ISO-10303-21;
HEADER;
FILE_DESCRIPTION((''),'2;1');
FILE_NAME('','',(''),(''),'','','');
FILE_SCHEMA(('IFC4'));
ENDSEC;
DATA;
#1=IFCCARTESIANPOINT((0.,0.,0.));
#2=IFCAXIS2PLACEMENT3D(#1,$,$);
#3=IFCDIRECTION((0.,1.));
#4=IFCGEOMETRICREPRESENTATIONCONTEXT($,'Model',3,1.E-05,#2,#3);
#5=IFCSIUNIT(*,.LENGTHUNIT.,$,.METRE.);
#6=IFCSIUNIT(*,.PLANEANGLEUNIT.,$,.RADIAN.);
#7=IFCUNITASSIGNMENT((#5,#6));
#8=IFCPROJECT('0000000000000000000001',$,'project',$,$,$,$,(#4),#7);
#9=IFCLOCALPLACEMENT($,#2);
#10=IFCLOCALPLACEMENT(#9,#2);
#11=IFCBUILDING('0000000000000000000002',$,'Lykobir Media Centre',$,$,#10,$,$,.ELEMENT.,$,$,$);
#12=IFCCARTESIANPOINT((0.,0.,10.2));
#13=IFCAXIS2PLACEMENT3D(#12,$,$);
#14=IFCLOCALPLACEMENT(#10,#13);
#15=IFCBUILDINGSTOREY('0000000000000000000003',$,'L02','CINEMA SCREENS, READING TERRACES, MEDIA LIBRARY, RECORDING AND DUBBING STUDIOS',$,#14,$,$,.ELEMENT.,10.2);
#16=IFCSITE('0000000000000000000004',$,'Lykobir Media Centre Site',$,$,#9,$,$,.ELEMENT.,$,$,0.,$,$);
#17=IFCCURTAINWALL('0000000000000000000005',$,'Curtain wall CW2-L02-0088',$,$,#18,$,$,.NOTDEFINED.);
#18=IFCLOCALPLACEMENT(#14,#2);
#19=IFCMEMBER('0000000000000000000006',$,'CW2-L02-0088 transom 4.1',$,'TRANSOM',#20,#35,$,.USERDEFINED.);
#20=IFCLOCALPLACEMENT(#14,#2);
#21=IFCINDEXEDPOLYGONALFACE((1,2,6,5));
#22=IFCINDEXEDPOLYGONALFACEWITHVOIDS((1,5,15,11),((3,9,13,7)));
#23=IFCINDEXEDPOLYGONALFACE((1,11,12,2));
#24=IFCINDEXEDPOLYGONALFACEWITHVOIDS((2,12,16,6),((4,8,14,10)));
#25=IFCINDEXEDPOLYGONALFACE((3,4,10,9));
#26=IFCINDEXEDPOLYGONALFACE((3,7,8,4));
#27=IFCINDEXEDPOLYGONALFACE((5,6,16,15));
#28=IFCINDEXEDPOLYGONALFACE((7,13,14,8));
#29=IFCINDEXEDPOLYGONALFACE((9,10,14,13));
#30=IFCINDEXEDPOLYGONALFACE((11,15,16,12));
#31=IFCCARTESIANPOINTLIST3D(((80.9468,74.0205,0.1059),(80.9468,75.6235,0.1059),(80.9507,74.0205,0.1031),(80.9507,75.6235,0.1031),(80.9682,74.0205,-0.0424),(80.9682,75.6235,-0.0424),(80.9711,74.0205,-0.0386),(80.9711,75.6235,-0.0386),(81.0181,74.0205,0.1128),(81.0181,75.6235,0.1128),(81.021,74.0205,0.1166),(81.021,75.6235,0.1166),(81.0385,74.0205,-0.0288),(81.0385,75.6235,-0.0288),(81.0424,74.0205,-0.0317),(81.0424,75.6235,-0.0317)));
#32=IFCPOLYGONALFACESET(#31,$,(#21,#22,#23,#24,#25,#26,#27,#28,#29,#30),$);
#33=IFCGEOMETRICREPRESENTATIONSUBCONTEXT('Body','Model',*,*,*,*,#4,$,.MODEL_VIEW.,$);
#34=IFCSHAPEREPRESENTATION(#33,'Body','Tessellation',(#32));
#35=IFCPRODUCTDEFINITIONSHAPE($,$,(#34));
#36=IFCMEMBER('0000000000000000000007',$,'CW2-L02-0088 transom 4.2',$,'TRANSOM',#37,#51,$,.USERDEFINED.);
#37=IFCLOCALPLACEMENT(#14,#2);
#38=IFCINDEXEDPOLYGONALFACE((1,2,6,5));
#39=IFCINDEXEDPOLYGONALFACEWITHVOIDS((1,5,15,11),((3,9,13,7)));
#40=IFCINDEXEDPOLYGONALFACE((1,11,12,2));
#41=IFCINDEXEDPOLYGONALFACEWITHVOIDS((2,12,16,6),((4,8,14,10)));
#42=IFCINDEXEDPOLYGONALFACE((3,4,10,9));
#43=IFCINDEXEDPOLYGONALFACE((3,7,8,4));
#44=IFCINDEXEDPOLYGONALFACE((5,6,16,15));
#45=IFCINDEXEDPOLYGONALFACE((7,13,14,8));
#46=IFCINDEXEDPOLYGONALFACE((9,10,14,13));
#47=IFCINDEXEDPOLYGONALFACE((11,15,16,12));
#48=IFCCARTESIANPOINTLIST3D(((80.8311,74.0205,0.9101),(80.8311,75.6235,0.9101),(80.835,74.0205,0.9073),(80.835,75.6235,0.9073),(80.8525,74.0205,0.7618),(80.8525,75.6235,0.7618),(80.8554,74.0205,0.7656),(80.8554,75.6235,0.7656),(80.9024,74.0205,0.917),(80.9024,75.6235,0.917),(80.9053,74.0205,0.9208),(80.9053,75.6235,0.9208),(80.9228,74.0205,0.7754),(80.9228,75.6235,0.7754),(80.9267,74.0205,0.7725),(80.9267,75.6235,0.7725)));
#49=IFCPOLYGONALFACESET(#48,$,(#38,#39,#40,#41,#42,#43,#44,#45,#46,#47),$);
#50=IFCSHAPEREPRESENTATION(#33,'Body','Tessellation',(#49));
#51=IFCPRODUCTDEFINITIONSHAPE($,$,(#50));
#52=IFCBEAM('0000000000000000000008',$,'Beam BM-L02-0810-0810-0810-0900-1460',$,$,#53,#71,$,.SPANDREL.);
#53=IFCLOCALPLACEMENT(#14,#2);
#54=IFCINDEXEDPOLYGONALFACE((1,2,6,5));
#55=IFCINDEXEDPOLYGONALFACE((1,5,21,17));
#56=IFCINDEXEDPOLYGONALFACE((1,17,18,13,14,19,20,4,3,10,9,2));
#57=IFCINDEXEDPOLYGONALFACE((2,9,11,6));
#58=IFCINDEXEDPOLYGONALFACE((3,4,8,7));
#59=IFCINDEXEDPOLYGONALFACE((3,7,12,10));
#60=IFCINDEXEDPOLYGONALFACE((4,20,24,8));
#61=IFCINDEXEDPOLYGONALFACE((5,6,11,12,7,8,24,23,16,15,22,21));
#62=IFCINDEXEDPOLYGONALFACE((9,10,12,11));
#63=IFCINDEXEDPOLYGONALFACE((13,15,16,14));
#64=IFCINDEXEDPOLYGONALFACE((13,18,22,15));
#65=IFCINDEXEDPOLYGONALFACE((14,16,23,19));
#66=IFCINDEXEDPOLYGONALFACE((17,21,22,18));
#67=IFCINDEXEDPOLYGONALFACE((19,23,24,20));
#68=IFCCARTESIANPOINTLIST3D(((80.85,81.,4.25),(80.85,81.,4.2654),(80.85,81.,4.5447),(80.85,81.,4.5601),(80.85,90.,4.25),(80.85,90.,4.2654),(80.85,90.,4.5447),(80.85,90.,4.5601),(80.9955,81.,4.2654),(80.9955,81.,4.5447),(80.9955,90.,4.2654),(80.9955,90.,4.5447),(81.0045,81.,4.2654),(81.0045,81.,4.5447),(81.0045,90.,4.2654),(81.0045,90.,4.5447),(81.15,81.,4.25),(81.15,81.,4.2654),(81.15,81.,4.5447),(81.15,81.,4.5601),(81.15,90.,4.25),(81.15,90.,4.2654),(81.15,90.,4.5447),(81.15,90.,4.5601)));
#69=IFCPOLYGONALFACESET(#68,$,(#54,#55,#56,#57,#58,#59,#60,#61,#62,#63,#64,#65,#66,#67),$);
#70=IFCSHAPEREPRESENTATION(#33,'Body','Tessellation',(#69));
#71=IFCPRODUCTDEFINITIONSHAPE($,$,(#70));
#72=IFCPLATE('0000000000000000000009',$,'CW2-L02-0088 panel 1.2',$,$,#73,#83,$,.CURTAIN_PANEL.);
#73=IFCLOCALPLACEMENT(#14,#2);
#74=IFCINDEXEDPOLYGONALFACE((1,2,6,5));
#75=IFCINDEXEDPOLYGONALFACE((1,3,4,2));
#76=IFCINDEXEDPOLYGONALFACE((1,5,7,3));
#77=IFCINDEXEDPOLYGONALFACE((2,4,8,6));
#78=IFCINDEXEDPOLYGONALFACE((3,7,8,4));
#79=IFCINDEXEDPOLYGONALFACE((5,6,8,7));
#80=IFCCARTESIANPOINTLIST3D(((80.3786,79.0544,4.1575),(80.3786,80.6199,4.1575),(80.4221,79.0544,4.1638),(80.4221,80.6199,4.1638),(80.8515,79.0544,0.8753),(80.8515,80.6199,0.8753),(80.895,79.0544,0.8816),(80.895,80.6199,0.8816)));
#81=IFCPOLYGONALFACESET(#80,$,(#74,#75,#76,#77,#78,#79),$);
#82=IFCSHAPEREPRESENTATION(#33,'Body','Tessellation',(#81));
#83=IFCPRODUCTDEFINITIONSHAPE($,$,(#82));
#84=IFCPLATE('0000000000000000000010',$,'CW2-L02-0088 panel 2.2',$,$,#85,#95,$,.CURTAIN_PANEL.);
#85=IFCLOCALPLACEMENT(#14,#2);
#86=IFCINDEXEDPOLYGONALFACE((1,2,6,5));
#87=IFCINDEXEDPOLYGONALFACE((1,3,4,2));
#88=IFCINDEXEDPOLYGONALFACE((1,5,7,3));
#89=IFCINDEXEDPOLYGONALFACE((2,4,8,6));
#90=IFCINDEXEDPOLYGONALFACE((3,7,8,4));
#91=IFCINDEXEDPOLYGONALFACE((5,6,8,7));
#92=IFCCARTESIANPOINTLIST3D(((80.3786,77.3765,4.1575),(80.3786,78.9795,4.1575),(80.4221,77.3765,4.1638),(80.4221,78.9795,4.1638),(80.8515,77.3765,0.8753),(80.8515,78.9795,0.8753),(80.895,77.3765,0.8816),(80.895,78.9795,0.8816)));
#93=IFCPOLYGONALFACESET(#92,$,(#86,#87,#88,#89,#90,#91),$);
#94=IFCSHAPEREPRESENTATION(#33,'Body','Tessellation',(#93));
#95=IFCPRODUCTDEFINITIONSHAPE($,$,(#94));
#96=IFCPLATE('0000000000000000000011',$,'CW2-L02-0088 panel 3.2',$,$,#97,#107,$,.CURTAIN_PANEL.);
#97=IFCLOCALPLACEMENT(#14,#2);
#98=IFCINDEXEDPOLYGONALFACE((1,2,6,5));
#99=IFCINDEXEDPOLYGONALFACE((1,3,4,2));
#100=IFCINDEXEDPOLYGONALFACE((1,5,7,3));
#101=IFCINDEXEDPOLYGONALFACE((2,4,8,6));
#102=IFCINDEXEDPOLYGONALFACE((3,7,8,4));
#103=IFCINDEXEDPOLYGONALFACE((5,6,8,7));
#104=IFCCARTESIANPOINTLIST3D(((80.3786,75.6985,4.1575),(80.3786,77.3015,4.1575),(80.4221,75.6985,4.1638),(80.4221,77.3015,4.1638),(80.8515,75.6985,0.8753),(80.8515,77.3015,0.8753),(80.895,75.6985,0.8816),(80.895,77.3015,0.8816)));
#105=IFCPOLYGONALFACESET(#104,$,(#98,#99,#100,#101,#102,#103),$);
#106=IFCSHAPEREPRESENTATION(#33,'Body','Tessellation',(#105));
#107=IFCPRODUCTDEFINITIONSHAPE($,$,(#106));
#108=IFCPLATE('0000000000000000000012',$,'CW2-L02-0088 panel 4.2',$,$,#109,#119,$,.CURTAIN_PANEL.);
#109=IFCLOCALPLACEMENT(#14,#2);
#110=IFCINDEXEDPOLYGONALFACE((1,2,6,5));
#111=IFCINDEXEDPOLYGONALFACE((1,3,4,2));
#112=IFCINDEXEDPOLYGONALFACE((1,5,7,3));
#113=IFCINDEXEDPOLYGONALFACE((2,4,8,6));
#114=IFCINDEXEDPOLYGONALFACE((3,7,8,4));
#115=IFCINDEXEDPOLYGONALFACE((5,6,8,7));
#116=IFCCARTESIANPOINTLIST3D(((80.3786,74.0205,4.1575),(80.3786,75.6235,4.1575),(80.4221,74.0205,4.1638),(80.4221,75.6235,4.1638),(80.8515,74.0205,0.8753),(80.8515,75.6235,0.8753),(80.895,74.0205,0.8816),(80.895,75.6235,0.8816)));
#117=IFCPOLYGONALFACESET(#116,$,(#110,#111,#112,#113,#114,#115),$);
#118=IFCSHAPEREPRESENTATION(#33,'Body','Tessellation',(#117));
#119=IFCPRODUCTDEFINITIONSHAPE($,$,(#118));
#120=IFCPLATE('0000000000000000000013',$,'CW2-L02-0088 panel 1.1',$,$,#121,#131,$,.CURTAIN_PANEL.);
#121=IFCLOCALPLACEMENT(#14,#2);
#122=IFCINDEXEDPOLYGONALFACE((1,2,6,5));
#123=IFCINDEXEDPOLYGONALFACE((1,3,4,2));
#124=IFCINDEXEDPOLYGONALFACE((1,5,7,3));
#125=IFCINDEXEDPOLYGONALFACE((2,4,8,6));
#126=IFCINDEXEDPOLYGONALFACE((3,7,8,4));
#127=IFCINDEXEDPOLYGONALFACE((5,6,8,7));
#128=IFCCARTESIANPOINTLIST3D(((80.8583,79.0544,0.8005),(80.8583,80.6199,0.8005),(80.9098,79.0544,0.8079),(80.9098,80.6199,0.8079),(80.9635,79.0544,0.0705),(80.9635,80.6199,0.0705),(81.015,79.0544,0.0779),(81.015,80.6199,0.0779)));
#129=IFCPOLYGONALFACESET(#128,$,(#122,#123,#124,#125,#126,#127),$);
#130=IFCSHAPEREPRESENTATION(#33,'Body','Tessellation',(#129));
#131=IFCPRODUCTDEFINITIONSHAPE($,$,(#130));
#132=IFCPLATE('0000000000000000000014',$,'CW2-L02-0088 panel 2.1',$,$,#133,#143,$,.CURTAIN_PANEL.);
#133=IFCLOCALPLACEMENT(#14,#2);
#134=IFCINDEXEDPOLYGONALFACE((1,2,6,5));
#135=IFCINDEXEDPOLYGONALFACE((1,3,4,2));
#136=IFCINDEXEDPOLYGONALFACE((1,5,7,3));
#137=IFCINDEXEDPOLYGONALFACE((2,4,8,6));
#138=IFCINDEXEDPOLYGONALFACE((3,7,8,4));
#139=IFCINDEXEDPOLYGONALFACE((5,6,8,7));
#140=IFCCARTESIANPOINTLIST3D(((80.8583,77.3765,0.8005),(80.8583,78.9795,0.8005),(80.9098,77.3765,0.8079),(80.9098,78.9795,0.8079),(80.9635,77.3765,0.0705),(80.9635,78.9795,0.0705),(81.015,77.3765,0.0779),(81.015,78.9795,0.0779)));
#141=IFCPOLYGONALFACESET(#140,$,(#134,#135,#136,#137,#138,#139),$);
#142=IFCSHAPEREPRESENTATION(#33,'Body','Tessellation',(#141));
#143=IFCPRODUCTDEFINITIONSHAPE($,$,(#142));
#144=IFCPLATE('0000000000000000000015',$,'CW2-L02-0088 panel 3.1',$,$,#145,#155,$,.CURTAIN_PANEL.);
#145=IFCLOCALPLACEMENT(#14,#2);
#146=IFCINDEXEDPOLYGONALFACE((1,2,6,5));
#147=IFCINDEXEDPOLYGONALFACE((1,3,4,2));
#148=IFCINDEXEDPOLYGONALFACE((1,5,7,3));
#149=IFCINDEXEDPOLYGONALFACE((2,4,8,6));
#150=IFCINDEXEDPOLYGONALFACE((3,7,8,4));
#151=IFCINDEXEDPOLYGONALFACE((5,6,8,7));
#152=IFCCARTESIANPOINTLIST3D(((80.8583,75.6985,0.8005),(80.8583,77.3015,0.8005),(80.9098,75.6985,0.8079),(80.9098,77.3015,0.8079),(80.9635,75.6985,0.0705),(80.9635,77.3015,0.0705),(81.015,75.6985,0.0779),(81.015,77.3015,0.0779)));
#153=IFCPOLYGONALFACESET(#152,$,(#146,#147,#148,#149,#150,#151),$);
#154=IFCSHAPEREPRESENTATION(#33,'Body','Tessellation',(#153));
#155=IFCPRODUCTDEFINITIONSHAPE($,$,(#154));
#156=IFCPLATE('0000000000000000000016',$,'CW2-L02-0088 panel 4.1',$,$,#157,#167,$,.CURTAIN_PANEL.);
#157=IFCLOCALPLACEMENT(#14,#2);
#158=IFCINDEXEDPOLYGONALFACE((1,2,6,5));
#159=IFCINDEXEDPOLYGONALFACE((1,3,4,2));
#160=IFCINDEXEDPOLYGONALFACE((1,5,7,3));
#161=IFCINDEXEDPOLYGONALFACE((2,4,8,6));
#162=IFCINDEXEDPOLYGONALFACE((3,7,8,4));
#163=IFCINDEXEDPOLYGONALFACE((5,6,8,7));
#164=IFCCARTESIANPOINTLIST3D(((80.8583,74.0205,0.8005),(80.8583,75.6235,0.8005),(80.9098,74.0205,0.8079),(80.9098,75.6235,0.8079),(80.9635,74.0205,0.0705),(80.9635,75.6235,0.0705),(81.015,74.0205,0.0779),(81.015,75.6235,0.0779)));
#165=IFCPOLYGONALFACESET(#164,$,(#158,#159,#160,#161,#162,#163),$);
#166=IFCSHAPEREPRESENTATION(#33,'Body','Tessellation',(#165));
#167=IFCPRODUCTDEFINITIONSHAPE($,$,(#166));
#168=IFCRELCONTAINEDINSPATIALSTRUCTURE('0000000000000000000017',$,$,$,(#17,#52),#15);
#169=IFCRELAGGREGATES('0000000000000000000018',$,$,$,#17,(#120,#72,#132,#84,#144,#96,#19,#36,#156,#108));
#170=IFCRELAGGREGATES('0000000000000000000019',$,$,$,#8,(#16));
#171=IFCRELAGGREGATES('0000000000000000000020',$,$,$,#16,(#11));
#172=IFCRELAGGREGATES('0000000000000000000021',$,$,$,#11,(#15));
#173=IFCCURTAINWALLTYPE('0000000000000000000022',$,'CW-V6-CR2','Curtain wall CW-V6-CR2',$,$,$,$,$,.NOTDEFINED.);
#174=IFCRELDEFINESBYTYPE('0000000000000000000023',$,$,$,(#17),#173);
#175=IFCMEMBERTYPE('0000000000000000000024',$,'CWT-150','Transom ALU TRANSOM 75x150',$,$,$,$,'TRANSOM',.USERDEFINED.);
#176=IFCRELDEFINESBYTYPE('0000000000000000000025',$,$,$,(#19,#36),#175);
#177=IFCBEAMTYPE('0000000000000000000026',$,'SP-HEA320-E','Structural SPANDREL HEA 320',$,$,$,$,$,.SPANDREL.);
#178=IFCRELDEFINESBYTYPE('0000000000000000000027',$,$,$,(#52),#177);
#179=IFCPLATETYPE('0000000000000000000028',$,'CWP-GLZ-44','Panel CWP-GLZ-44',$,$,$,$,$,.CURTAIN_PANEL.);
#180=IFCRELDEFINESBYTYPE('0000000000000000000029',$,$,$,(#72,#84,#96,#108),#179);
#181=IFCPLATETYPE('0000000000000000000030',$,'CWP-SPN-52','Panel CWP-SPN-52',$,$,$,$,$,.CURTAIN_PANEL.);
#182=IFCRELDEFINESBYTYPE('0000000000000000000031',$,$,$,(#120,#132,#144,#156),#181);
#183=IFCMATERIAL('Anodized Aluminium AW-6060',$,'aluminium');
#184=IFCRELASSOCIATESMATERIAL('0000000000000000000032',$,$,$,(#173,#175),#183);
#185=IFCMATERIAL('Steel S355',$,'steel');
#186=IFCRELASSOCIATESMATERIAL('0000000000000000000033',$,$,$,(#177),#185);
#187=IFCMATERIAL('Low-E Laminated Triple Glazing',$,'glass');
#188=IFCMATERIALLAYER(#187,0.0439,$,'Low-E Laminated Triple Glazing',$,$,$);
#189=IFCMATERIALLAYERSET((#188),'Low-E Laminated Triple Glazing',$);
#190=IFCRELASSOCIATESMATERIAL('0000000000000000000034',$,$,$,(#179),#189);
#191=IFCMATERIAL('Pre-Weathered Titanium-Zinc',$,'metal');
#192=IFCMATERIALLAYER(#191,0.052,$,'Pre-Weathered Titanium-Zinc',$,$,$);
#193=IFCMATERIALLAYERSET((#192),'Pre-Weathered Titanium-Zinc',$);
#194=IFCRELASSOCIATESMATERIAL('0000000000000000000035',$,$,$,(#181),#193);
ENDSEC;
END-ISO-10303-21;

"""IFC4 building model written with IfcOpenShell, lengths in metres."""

from ifc_helpers import new_model, si_unit, direction, frame, origin, origin_2d, place, context, subcontext, project, spatial, rectangle, hollow_rectangle, i_section, extrude, material, layer, layer_set, material_profile, profile_set, type_object, element, aggregate, save


model = new_model("IFC4")

# Units and contexts
model_context = context("Model", 3, precision=1e-05, world=origin(), true_north=direction((0.0, 1.0)))
body_context = subcontext(model_context, "Body", "Model", "MODEL_VIEW")
ifc_project = project(units=[si_unit("LENGTHUNIT", "METRE"), si_unit("PLANEANGLEUNIT", "RADIAN")], contexts=[model_context])

# Site, building, storey
site_placement = place(None, origin())
site = spatial("IfcSite", under=ifc_project, at=site_placement, Name="Lykobir Media Centre Site", CompositionType="ELEMENT", RefElevation=0.0)
building_placement = place(site_placement, origin())
building = spatial("IfcBuilding", under=site, at=building_placement, Name="Lykobir Media Centre", CompositionType="ELEMENT")
storey_placement = place(building_placement, frame((0.0, 0.0, 10.2)))
storey = spatial("IfcBuildingStorey", under=building, at=storey_placement, Name="L02", Description="CINEMA SCREENS, READING TERRACES, MEDIA LIBRARY, RECORDING AND DUBBING STUDIOS", CompositionType="ELEMENT", Elevation=10.2)

# Curtain wall, members
ifc_material_1 = material(Name="Anodized Aluminium AW-6060", Category="aluminium")
curtain_wall_type = type_object("IfcCurtainWallType", Name="CW-V6-CR2", Description="Curtain wall CW-V6-CR2", PredefinedType="NOTDEFINED", material=ifc_material_1)
curtain_wall_placement = place(storey_placement, origin())
curtain_wall = element("IfcCurtainWall", 1, at=curtain_wall_placement, inside=storey, type_object=curtain_wall_type, Name="Curtain wall CW2-L02-0088", PredefinedType="NOTDEFINED")
ifc_material_profile_1 = material_profile(ifc_material_1, hollow_rectangle(XDim=0.075, YDim=0.1499, WallThickness=0.0034, at=origin_2d()), Name="ALU TRANSOM 75x150")
ifc_profile_set_1 = profile_set([ifc_material_profile_1], Name="Anodized Aluminium AW-6060")
member_type_1 = type_object("IfcMemberType", Name="CWT-150", Description="Transom ALU TRANSOM 75x150", ElementType="TRANSOM", PredefinedType="USERDEFINED", material=ifc_profile_set_1)
member_1_placement = place(storey_placement, frame((80.9946, 75.6235, 0.0371), z_axis=(0.0, -1.0, 0.0), x_axis=(0.989776, 0.0, 0.142629)))
member_1 = element("IfcMember", 2, at=member_1_placement, type_object=member_type_1, Name="CW2-L02-0088 transom 4.1", ObjectType="TRANSOM", PredefinedType="USERDEFINED", context=body_context, shape_type="SweptSolid", body=[
    extrude(hollow_rectangle(XDim=0.075, YDim=0.1499, WallThickness=0.0034, at=origin_2d()), origin(), (0.0, 0.0, 1.0), 1.603),
])
member_2_placement = place(storey_placement, frame((80.8789, 75.6235, 0.8413), z_axis=(0.0, -1.0, 0.0), x_axis=(0.989776, 0.0, 0.142629)))
member_2 = element("IfcMember", 3, at=member_2_placement, type_object=member_type_1, Name="CW2-L02-0088 transom 4.2", ObjectType="TRANSOM", PredefinedType="USERDEFINED", context=body_context, shape_type="SweptSolid", body=[
    extrude(hollow_rectangle(XDim=0.075, YDim=0.1499, WallThickness=0.0034, at=origin_2d()), origin(), (0.0, 0.0, 1.0), 1.603),
])

# Beam
ifc_material_2 = material(Name="Steel S355", Category="steel")
ifc_material_profile_2 = material_profile(ifc_material_2, i_section(OverallWidth=0.3, OverallDepth=0.3101, WebThickness=0.009, FlangeThickness=0.0154, at=origin_2d()), Name="HEA 320")
ifc_profile_set_2 = profile_set([ifc_material_profile_2], Name="Steel S355")
beam_type = type_object("IfcBeamType", Name="SP-HEA320-E", Description="Structural SPANDREL HEA 320", PredefinedType="SPANDREL", material=ifc_profile_set_2)
beam_placement = place(storey_placement, frame((81.0, 81.0, 4.405), z_axis=(0.0, 1.0, 0.0), x_axis=(-1.0, 0.0, 0.0)))
element("IfcBeam", 4, at=beam_placement, inside=storey, type_object=beam_type, Name="Beam BM-L02-0810-0810-0810-0900-1460", PredefinedType="SPANDREL", context=body_context, shape_type="SweptSolid", body=[
    extrude(i_section(OverallWidth=0.3, OverallDepth=0.3101, WebThickness=0.009, FlangeThickness=0.0154, at=origin_2d()), origin(), (0.0, 0.0, 1.0), 9.0),
])

# Plates
ifc_material_3 = material(Name="Low-E Laminated Triple Glazing", Category="glass")
ifc_layer_1 = layer(ifc_material_3, 0.0439, Name="Low-E Laminated Triple Glazing")
ifc_layer_set_1 = layer_set([ifc_layer_1], Name="Low-E Laminated Triple Glazing")
plate_type_1 = type_object("IfcPlateType", Name="CWP-GLZ-44", Description="Panel CWP-GLZ-44", PredefinedType="CURTAIN_PANEL", material=ifc_layer_set_1)
plate_1_placement = place(storey_placement, frame((80.8733, 79.8372, 0.8784), z_axis=(-0.142629, 0.0, 0.989776), x_axis=(0.0, -1.0, 0.0)))
plate_1 = element("IfcPlate", 5, at=plate_1_placement, type_object=plate_type_1, Name="CW2-L02-0088 panel 1.2", PredefinedType="CURTAIN_PANEL", context=body_context, shape_type="SweptSolid", body=[
    extrude(rectangle(XDim=1.5654, YDim=0.0439, at=origin_2d()), origin(), (0.0, 0.0, 1.0), 3.3162),
])
plate_2_placement = place(storey_placement, frame((80.8733, 78.178, 0.8784), z_axis=(-0.142629, 0.0, 0.989776), x_axis=(0.0, -1.0, 0.0)))
plate_2 = element("IfcPlate", 6, at=plate_2_placement, type_object=plate_type_1, Name="CW2-L02-0088 panel 2.2", PredefinedType="CURTAIN_PANEL", context=body_context, shape_type="SweptSolid", body=[
    extrude(rectangle(XDim=1.603, YDim=0.0439, at=origin_2d()), origin(), (0.0, 0.0, 1.0), 3.3162),
])
plate_3_placement = place(storey_placement, frame((80.8733, 76.5, 0.8784), z_axis=(-0.142629, 0.0, 0.989776), x_axis=(0.0, -1.0, 0.0)))
plate_3 = element("IfcPlate", 7, at=plate_3_placement, type_object=plate_type_1, Name="CW2-L02-0088 panel 3.2", PredefinedType="CURTAIN_PANEL", context=body_context, shape_type="SweptSolid", body=[
    extrude(rectangle(XDim=1.603, YDim=0.0439, at=origin_2d()), origin(), (0.0, 0.0, 1.0), 3.3162),
])
plate_4_placement = place(storey_placement, frame((80.8733, 74.822, 0.8784), z_axis=(-0.142629, 0.0, 0.989776), x_axis=(0.0, -1.0, 0.0)))
plate_4 = element("IfcPlate", 8, at=plate_4_placement, type_object=plate_type_1, Name="CW2-L02-0088 panel 4.2", PredefinedType="CURTAIN_PANEL", context=body_context, shape_type="SweptSolid", body=[
    extrude(rectangle(XDim=1.603, YDim=0.0439, at=origin_2d()), origin(), (0.0, 0.0, 1.0), 3.3162),
])
ifc_material_4 = material(Name="Pre-Weathered Titanium-Zinc", Category="metal")
ifc_layer_2 = layer(ifc_material_4, 0.052, Name="Pre-Weathered Titanium-Zinc")
ifc_layer_set_2 = layer_set([ifc_layer_2], Name="Pre-Weathered Titanium-Zinc")
plate_type_2 = type_object("IfcPlateType", Name="CWP-SPN-52", Description="Panel CWP-SPN-52", PredefinedType="CURTAIN_PANEL", material=ifc_layer_set_2)
plate_5_placement = place(storey_placement, frame((80.9893, 79.8372, 0.0742), z_axis=(-0.142629, 0.0, 0.989776), x_axis=(0.0, -1.0, 0.0)))
plate_5 = element("IfcPlate", 9, at=plate_5_placement, type_object=plate_type_2, Name="CW2-L02-0088 panel 1.1", PredefinedType="CURTAIN_PANEL", context=body_context, shape_type="SweptSolid", body=[
    extrude(rectangle(XDim=1.5654, YDim=0.052, at=origin_2d()), origin(), (0.0, 0.0, 1.0), 0.7375),
])
plate_6_placement = place(storey_placement, frame((80.9893, 78.178, 0.0742), z_axis=(-0.142629, 0.0, 0.989776), x_axis=(0.0, -1.0, 0.0)))
plate_6 = element("IfcPlate", 10, at=plate_6_placement, type_object=plate_type_2, Name="CW2-L02-0088 panel 2.1", PredefinedType="CURTAIN_PANEL", context=body_context, shape_type="SweptSolid", body=[
    extrude(rectangle(XDim=1.603, YDim=0.052, at=origin_2d()), origin(), (0.0, 0.0, 1.0), 0.7375),
])
plate_7_placement = place(storey_placement, frame((80.9893, 76.5, 0.0742), z_axis=(-0.142629, 0.0, 0.989776), x_axis=(0.0, -1.0, 0.0)))
plate_7 = element("IfcPlate", 11, at=plate_7_placement, type_object=plate_type_2, Name="CW2-L02-0088 panel 3.1", PredefinedType="CURTAIN_PANEL", context=body_context, shape_type="SweptSolid", body=[
    extrude(rectangle(XDim=1.603, YDim=0.052, at=origin_2d()), origin(), (0.0, 0.0, 1.0), 0.7375),
])
plate_8_placement = place(storey_placement, frame((80.9893, 74.822, 0.0742), z_axis=(-0.142629, 0.0, 0.989776), x_axis=(0.0, -1.0, 0.0)))
plate_8 = element("IfcPlate", 12, at=plate_8_placement, type_object=plate_type_2, Name="CW2-L02-0088 panel 4.1", PredefinedType="CURTAIN_PANEL", context=body_context, shape_type="SweptSolid", body=[
    extrude(rectangle(XDim=1.603, YDim=0.052, at=origin_2d()), origin(), (0.0, 0.0, 1.0), 0.7375),
])
aggregate(curtain_wall, [plate_5, plate_1, plate_6, plate_2, plate_7, plate_3, member_1, member_2, plate_8, plate_4])

save(model, "model.ifc")
